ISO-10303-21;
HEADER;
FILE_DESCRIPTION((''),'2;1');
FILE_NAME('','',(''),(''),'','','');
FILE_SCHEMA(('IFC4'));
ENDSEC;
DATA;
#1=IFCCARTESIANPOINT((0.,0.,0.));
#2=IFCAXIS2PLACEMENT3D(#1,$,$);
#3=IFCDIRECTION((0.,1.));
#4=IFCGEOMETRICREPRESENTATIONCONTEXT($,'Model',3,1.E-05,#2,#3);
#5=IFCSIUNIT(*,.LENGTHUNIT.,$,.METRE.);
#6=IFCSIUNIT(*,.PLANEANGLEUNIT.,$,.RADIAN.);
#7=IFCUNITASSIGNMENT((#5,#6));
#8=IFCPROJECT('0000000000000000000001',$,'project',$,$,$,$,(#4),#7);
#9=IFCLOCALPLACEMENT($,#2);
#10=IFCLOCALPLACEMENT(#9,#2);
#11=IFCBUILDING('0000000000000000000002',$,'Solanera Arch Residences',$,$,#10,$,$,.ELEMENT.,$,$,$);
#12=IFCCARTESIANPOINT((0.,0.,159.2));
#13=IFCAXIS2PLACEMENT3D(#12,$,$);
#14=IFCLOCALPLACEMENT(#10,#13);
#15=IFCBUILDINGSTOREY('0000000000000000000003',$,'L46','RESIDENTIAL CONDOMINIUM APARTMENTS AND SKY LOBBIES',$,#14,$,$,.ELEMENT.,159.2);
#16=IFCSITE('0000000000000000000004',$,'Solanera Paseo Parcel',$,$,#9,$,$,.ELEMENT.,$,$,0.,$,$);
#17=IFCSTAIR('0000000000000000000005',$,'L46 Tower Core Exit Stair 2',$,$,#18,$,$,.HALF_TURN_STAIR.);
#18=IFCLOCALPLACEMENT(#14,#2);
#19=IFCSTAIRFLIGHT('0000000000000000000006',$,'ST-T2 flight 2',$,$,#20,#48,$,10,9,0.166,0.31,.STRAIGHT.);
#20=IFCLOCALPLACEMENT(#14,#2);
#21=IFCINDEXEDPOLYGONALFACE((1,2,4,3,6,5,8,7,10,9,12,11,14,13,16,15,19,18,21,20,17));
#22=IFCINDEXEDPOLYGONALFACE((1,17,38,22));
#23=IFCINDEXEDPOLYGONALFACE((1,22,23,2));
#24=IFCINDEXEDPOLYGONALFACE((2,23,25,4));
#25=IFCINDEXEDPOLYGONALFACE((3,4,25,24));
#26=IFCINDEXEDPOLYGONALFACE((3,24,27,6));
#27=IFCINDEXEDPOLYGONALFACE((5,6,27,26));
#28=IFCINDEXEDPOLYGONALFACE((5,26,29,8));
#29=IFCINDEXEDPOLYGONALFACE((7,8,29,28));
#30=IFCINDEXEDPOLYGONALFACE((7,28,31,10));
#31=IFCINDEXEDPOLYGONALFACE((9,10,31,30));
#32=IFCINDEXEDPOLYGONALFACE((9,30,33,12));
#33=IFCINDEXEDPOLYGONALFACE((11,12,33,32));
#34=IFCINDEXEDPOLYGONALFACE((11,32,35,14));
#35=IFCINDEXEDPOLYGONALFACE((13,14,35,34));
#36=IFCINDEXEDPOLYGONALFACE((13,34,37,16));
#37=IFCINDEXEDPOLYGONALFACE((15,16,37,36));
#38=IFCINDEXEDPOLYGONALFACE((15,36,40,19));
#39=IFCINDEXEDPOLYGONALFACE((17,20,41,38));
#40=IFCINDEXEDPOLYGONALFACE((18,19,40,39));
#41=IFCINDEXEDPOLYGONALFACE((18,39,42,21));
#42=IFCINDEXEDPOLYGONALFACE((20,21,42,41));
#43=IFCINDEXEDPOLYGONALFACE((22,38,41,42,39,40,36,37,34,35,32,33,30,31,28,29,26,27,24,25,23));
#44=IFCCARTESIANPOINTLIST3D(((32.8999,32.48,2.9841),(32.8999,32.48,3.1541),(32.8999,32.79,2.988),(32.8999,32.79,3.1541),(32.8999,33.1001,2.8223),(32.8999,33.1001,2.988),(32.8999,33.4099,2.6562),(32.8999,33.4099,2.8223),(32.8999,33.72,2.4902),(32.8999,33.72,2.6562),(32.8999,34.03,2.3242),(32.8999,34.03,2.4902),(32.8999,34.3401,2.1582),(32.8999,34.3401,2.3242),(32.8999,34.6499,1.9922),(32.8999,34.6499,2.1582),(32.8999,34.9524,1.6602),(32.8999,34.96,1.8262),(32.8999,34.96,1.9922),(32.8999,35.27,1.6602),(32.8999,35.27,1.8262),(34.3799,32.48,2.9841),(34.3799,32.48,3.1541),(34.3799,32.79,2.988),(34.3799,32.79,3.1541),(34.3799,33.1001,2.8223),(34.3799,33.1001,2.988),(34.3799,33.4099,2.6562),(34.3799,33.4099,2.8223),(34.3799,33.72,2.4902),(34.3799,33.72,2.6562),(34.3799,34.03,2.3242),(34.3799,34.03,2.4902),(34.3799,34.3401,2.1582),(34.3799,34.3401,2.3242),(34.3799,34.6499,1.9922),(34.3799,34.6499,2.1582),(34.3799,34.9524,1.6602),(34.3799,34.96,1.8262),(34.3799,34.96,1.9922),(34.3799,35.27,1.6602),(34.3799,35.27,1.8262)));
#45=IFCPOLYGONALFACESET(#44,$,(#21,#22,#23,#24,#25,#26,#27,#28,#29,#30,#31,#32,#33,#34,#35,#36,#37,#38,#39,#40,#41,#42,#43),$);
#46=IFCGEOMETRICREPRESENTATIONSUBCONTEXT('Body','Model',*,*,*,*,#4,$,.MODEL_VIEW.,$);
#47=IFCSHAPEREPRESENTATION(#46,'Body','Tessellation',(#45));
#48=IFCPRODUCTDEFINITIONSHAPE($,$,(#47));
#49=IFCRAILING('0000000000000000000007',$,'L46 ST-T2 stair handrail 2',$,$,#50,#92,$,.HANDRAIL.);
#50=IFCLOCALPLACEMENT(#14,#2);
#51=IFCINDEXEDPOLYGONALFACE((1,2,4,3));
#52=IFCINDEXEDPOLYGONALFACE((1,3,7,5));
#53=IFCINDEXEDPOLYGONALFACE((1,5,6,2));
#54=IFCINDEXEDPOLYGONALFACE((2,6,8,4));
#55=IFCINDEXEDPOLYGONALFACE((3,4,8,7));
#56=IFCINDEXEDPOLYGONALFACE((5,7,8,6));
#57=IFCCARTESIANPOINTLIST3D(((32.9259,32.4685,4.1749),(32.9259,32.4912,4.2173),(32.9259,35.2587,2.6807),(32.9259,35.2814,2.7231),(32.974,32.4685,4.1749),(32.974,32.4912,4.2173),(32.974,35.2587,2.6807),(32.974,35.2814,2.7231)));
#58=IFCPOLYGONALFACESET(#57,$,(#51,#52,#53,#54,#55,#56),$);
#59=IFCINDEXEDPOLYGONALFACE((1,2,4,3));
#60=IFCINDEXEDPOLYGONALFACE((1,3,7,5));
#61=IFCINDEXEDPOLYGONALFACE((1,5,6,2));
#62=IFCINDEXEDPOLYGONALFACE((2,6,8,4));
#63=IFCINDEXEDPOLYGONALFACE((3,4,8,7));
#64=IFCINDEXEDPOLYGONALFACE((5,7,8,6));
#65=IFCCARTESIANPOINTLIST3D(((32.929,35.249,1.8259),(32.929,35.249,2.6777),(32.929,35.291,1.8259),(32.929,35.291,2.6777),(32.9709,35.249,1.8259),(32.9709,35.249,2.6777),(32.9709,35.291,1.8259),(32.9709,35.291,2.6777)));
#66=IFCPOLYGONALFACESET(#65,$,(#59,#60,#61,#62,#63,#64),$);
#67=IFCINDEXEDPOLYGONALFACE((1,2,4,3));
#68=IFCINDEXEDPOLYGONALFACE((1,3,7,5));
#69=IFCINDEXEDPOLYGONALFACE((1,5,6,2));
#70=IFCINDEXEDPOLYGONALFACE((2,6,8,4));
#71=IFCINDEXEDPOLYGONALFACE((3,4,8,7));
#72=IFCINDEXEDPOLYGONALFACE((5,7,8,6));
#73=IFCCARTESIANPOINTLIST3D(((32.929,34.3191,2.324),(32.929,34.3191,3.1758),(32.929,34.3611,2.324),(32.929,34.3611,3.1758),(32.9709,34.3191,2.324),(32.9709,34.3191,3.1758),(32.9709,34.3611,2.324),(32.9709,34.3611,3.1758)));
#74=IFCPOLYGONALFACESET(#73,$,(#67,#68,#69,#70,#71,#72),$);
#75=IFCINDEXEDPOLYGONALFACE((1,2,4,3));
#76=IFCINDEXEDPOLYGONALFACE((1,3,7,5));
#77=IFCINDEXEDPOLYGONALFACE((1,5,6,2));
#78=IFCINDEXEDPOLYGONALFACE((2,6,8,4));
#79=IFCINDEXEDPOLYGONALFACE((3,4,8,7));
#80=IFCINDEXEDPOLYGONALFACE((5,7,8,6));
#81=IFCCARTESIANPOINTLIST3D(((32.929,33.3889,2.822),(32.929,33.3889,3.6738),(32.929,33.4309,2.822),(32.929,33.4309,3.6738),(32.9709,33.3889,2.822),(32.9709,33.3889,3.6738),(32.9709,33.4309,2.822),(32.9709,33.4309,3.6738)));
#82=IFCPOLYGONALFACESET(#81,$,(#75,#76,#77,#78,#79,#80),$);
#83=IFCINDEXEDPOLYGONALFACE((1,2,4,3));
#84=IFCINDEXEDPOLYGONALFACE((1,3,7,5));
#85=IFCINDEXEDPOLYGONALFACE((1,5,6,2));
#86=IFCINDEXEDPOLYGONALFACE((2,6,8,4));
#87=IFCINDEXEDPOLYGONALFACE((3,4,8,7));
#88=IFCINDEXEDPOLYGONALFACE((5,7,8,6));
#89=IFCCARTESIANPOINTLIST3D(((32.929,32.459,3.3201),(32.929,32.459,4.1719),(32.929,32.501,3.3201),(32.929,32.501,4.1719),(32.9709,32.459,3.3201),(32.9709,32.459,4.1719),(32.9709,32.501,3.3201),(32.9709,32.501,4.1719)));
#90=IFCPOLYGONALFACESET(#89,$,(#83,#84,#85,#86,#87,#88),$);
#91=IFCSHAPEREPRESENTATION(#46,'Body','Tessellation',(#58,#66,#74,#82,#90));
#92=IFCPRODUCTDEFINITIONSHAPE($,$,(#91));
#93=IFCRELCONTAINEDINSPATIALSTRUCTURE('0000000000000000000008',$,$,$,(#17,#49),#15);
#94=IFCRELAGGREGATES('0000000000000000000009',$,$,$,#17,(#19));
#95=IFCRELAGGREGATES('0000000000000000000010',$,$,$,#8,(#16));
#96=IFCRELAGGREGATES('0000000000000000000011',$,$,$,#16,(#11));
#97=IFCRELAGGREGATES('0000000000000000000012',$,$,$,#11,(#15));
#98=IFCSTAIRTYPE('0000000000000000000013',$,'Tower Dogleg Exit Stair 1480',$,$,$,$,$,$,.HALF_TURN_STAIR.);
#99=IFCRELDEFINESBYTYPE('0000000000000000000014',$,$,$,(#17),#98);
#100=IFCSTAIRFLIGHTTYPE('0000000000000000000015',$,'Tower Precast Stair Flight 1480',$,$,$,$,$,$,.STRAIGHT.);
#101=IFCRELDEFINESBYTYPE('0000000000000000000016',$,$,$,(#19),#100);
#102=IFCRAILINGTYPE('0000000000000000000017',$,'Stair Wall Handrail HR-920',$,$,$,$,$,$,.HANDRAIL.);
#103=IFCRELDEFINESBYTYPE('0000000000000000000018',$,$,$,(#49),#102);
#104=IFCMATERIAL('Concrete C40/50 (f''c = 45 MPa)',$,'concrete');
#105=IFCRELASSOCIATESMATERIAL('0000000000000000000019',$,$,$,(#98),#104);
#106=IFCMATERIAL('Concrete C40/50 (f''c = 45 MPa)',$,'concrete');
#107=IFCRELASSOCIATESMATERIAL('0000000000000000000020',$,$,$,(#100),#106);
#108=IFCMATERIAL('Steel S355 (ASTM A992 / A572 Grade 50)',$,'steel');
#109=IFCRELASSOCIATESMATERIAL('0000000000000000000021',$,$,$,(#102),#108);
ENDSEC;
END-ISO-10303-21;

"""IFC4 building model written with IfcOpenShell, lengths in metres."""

from ifc_helpers import new_model, si_unit, direction, frame, origin, origin_2d, place, context, subcontext, project, spatial, polyline, rectangle, outline, extrude, material, type_object, element, aggregate, save


model = new_model("IFC4")

# Units and contexts
model_context = context("Model", 3, precision=1e-05, world=origin(), true_north=direction((0.0, 1.0)))
body_context = subcontext(model_context, "Body", "Model", "MODEL_VIEW")
ifc_project = project(units=[si_unit("LENGTHUNIT", "METRE"), si_unit("PLANEANGLEUNIT", "RADIAN")], contexts=[model_context])

# Site, building, storey
site_placement = place(None, origin())
site = spatial("IfcSite", under=ifc_project, at=site_placement, Name="Solanera Paseo Parcel", CompositionType="ELEMENT", RefElevation=0.0)
building_placement = place(site_placement, origin())
building = spatial("IfcBuilding", under=site, at=building_placement, Name="Solanera Arch Residences", CompositionType="ELEMENT")
storey_placement = place(building_placement, frame((0.0, 0.0, 159.2)))
storey = spatial("IfcBuildingStorey", under=building, at=storey_placement, Name="L46", Description="RESIDENTIAL CONDOMINIUM APARTMENTS AND SKY LOBBIES", CompositionType="ELEMENT", Elevation=159.2)

# Stair, stair flight
ifc_material_1 = material(Name="Concrete C40/50 (f'c = 45 MPa)", Category="concrete")
stair_type = type_object("IfcStairType", Name="Tower Dogleg Exit Stair 1480", PredefinedType="HALF_TURN_STAIR", material=ifc_material_1)
stair_placement = place(storey_placement, origin())
stair = element("IfcStair", 1, at=stair_placement, inside=storey, type_object=stair_type, Name="L46 Tower Core Exit Stair 2", PredefinedType="HALF_TURN_STAIR")
ifc_material_2 = material(Name="Concrete C40/50 (f'c = 45 MPa)", Category="concrete")
stair_flight_type = type_object("IfcStairFlightType", Name="Tower Precast Stair Flight 1480", PredefinedType="STRAIGHT", material=ifc_material_2)
stair_flight_placement = place(storey_placement, frame((33.6399, 35.27, 1.6602), z_axis=(0.0, 0.0, 1.0), x_axis=(0.0, -1.0, 0.0)))
stair_flight = element("IfcStairFlight", 2, at=stair_flight_placement, type_object=stair_flight_type, Name="ST-T2 flight 2", NumberOfRisers=10, NumberOfTreads=9, PredefinedType="STRAIGHT", RiserHeight=0.166, TreadLength=0.31, context=body_context, shape_type="SweptSolid", body=[
    extrude(outline(polyline([(0.0, 0.0), (0.0, 0.166), (0.3101, 0.166), (0.3101, 0.332), (0.6201, 0.332), (0.6201, 0.498), (0.9299, 0.498), (0.9299, 0.6641), (1.24, 0.6641), (1.24, 0.8301), (1.55, 0.8301), (1.55, 0.9961), (1.8601, 0.9961), (1.8601, 1.1621), (2.1699, 1.1621), (2.1699, 1.3279), (2.48, 1.3279), (2.48, 1.4939), (2.79, 1.4939), (2.79, 1.6599), (2.79, 1.324), (0.3176, 0.0), (0.0, 0.0)])), frame((0.0, 0.74, 0.0), z_axis=(0.0, -1.0, 0.0), x_axis=(1.0, 0.0, 0.0)), (0.0, 0.0, 1.0), 1.48),
])
aggregate(stair, [stair_flight])

# Railing
ifc_material_3 = material(Name="Steel S355 (ASTM A992 / A572 Grade 50)", Category="steel")
railing_type = type_object("IfcRailingType", Name="Stair Wall Handrail HR-920", PredefinedType="HANDRAIL", material=ifc_material_3)
railing_placement = place(storey_placement, frame((32.95, 35.27, 1.8259)))
element("IfcRailing", 3, at=railing_placement, inside=storey, type_object=railing_type, Name="L46 ST-T2 stair handrail 2", PredefinedType="HANDRAIL", context=body_context, shape_type="SweptSolid", body=[
    extrude(rectangle(XDim=0.0481, YDim=0.0481, at=origin_2d()), frame((0.0, 0.0, 0.876), z_axis=(0.0, -0.881549, 0.472093), x_axis=(1.0, 0.0, 0.0)), (0.0, 0.0, 1.0), 3.165),
    extrude(rectangle(XDim=0.042, YDim=0.042, at=origin_2d()), origin(), (0.0, 0.0, 1.0), 0.8518),
    extrude(rectangle(XDim=0.042, YDim=0.042, at=origin_2d()), frame((0.0, -0.9299, 0.498)), (0.0, 0.0, 1.0), 0.8518),
    extrude(rectangle(XDim=0.042, YDim=0.042, at=origin_2d()), frame((0.0, -1.8601, 0.9961)), (0.0, 0.0, 1.0), 0.8518),
    extrude(rectangle(XDim=0.042, YDim=0.042, at=origin_2d()), frame((0.0, -2.79, 1.4941)), (0.0, 0.0, 1.0), 0.8518),
])

save(model, "model.ifc")
